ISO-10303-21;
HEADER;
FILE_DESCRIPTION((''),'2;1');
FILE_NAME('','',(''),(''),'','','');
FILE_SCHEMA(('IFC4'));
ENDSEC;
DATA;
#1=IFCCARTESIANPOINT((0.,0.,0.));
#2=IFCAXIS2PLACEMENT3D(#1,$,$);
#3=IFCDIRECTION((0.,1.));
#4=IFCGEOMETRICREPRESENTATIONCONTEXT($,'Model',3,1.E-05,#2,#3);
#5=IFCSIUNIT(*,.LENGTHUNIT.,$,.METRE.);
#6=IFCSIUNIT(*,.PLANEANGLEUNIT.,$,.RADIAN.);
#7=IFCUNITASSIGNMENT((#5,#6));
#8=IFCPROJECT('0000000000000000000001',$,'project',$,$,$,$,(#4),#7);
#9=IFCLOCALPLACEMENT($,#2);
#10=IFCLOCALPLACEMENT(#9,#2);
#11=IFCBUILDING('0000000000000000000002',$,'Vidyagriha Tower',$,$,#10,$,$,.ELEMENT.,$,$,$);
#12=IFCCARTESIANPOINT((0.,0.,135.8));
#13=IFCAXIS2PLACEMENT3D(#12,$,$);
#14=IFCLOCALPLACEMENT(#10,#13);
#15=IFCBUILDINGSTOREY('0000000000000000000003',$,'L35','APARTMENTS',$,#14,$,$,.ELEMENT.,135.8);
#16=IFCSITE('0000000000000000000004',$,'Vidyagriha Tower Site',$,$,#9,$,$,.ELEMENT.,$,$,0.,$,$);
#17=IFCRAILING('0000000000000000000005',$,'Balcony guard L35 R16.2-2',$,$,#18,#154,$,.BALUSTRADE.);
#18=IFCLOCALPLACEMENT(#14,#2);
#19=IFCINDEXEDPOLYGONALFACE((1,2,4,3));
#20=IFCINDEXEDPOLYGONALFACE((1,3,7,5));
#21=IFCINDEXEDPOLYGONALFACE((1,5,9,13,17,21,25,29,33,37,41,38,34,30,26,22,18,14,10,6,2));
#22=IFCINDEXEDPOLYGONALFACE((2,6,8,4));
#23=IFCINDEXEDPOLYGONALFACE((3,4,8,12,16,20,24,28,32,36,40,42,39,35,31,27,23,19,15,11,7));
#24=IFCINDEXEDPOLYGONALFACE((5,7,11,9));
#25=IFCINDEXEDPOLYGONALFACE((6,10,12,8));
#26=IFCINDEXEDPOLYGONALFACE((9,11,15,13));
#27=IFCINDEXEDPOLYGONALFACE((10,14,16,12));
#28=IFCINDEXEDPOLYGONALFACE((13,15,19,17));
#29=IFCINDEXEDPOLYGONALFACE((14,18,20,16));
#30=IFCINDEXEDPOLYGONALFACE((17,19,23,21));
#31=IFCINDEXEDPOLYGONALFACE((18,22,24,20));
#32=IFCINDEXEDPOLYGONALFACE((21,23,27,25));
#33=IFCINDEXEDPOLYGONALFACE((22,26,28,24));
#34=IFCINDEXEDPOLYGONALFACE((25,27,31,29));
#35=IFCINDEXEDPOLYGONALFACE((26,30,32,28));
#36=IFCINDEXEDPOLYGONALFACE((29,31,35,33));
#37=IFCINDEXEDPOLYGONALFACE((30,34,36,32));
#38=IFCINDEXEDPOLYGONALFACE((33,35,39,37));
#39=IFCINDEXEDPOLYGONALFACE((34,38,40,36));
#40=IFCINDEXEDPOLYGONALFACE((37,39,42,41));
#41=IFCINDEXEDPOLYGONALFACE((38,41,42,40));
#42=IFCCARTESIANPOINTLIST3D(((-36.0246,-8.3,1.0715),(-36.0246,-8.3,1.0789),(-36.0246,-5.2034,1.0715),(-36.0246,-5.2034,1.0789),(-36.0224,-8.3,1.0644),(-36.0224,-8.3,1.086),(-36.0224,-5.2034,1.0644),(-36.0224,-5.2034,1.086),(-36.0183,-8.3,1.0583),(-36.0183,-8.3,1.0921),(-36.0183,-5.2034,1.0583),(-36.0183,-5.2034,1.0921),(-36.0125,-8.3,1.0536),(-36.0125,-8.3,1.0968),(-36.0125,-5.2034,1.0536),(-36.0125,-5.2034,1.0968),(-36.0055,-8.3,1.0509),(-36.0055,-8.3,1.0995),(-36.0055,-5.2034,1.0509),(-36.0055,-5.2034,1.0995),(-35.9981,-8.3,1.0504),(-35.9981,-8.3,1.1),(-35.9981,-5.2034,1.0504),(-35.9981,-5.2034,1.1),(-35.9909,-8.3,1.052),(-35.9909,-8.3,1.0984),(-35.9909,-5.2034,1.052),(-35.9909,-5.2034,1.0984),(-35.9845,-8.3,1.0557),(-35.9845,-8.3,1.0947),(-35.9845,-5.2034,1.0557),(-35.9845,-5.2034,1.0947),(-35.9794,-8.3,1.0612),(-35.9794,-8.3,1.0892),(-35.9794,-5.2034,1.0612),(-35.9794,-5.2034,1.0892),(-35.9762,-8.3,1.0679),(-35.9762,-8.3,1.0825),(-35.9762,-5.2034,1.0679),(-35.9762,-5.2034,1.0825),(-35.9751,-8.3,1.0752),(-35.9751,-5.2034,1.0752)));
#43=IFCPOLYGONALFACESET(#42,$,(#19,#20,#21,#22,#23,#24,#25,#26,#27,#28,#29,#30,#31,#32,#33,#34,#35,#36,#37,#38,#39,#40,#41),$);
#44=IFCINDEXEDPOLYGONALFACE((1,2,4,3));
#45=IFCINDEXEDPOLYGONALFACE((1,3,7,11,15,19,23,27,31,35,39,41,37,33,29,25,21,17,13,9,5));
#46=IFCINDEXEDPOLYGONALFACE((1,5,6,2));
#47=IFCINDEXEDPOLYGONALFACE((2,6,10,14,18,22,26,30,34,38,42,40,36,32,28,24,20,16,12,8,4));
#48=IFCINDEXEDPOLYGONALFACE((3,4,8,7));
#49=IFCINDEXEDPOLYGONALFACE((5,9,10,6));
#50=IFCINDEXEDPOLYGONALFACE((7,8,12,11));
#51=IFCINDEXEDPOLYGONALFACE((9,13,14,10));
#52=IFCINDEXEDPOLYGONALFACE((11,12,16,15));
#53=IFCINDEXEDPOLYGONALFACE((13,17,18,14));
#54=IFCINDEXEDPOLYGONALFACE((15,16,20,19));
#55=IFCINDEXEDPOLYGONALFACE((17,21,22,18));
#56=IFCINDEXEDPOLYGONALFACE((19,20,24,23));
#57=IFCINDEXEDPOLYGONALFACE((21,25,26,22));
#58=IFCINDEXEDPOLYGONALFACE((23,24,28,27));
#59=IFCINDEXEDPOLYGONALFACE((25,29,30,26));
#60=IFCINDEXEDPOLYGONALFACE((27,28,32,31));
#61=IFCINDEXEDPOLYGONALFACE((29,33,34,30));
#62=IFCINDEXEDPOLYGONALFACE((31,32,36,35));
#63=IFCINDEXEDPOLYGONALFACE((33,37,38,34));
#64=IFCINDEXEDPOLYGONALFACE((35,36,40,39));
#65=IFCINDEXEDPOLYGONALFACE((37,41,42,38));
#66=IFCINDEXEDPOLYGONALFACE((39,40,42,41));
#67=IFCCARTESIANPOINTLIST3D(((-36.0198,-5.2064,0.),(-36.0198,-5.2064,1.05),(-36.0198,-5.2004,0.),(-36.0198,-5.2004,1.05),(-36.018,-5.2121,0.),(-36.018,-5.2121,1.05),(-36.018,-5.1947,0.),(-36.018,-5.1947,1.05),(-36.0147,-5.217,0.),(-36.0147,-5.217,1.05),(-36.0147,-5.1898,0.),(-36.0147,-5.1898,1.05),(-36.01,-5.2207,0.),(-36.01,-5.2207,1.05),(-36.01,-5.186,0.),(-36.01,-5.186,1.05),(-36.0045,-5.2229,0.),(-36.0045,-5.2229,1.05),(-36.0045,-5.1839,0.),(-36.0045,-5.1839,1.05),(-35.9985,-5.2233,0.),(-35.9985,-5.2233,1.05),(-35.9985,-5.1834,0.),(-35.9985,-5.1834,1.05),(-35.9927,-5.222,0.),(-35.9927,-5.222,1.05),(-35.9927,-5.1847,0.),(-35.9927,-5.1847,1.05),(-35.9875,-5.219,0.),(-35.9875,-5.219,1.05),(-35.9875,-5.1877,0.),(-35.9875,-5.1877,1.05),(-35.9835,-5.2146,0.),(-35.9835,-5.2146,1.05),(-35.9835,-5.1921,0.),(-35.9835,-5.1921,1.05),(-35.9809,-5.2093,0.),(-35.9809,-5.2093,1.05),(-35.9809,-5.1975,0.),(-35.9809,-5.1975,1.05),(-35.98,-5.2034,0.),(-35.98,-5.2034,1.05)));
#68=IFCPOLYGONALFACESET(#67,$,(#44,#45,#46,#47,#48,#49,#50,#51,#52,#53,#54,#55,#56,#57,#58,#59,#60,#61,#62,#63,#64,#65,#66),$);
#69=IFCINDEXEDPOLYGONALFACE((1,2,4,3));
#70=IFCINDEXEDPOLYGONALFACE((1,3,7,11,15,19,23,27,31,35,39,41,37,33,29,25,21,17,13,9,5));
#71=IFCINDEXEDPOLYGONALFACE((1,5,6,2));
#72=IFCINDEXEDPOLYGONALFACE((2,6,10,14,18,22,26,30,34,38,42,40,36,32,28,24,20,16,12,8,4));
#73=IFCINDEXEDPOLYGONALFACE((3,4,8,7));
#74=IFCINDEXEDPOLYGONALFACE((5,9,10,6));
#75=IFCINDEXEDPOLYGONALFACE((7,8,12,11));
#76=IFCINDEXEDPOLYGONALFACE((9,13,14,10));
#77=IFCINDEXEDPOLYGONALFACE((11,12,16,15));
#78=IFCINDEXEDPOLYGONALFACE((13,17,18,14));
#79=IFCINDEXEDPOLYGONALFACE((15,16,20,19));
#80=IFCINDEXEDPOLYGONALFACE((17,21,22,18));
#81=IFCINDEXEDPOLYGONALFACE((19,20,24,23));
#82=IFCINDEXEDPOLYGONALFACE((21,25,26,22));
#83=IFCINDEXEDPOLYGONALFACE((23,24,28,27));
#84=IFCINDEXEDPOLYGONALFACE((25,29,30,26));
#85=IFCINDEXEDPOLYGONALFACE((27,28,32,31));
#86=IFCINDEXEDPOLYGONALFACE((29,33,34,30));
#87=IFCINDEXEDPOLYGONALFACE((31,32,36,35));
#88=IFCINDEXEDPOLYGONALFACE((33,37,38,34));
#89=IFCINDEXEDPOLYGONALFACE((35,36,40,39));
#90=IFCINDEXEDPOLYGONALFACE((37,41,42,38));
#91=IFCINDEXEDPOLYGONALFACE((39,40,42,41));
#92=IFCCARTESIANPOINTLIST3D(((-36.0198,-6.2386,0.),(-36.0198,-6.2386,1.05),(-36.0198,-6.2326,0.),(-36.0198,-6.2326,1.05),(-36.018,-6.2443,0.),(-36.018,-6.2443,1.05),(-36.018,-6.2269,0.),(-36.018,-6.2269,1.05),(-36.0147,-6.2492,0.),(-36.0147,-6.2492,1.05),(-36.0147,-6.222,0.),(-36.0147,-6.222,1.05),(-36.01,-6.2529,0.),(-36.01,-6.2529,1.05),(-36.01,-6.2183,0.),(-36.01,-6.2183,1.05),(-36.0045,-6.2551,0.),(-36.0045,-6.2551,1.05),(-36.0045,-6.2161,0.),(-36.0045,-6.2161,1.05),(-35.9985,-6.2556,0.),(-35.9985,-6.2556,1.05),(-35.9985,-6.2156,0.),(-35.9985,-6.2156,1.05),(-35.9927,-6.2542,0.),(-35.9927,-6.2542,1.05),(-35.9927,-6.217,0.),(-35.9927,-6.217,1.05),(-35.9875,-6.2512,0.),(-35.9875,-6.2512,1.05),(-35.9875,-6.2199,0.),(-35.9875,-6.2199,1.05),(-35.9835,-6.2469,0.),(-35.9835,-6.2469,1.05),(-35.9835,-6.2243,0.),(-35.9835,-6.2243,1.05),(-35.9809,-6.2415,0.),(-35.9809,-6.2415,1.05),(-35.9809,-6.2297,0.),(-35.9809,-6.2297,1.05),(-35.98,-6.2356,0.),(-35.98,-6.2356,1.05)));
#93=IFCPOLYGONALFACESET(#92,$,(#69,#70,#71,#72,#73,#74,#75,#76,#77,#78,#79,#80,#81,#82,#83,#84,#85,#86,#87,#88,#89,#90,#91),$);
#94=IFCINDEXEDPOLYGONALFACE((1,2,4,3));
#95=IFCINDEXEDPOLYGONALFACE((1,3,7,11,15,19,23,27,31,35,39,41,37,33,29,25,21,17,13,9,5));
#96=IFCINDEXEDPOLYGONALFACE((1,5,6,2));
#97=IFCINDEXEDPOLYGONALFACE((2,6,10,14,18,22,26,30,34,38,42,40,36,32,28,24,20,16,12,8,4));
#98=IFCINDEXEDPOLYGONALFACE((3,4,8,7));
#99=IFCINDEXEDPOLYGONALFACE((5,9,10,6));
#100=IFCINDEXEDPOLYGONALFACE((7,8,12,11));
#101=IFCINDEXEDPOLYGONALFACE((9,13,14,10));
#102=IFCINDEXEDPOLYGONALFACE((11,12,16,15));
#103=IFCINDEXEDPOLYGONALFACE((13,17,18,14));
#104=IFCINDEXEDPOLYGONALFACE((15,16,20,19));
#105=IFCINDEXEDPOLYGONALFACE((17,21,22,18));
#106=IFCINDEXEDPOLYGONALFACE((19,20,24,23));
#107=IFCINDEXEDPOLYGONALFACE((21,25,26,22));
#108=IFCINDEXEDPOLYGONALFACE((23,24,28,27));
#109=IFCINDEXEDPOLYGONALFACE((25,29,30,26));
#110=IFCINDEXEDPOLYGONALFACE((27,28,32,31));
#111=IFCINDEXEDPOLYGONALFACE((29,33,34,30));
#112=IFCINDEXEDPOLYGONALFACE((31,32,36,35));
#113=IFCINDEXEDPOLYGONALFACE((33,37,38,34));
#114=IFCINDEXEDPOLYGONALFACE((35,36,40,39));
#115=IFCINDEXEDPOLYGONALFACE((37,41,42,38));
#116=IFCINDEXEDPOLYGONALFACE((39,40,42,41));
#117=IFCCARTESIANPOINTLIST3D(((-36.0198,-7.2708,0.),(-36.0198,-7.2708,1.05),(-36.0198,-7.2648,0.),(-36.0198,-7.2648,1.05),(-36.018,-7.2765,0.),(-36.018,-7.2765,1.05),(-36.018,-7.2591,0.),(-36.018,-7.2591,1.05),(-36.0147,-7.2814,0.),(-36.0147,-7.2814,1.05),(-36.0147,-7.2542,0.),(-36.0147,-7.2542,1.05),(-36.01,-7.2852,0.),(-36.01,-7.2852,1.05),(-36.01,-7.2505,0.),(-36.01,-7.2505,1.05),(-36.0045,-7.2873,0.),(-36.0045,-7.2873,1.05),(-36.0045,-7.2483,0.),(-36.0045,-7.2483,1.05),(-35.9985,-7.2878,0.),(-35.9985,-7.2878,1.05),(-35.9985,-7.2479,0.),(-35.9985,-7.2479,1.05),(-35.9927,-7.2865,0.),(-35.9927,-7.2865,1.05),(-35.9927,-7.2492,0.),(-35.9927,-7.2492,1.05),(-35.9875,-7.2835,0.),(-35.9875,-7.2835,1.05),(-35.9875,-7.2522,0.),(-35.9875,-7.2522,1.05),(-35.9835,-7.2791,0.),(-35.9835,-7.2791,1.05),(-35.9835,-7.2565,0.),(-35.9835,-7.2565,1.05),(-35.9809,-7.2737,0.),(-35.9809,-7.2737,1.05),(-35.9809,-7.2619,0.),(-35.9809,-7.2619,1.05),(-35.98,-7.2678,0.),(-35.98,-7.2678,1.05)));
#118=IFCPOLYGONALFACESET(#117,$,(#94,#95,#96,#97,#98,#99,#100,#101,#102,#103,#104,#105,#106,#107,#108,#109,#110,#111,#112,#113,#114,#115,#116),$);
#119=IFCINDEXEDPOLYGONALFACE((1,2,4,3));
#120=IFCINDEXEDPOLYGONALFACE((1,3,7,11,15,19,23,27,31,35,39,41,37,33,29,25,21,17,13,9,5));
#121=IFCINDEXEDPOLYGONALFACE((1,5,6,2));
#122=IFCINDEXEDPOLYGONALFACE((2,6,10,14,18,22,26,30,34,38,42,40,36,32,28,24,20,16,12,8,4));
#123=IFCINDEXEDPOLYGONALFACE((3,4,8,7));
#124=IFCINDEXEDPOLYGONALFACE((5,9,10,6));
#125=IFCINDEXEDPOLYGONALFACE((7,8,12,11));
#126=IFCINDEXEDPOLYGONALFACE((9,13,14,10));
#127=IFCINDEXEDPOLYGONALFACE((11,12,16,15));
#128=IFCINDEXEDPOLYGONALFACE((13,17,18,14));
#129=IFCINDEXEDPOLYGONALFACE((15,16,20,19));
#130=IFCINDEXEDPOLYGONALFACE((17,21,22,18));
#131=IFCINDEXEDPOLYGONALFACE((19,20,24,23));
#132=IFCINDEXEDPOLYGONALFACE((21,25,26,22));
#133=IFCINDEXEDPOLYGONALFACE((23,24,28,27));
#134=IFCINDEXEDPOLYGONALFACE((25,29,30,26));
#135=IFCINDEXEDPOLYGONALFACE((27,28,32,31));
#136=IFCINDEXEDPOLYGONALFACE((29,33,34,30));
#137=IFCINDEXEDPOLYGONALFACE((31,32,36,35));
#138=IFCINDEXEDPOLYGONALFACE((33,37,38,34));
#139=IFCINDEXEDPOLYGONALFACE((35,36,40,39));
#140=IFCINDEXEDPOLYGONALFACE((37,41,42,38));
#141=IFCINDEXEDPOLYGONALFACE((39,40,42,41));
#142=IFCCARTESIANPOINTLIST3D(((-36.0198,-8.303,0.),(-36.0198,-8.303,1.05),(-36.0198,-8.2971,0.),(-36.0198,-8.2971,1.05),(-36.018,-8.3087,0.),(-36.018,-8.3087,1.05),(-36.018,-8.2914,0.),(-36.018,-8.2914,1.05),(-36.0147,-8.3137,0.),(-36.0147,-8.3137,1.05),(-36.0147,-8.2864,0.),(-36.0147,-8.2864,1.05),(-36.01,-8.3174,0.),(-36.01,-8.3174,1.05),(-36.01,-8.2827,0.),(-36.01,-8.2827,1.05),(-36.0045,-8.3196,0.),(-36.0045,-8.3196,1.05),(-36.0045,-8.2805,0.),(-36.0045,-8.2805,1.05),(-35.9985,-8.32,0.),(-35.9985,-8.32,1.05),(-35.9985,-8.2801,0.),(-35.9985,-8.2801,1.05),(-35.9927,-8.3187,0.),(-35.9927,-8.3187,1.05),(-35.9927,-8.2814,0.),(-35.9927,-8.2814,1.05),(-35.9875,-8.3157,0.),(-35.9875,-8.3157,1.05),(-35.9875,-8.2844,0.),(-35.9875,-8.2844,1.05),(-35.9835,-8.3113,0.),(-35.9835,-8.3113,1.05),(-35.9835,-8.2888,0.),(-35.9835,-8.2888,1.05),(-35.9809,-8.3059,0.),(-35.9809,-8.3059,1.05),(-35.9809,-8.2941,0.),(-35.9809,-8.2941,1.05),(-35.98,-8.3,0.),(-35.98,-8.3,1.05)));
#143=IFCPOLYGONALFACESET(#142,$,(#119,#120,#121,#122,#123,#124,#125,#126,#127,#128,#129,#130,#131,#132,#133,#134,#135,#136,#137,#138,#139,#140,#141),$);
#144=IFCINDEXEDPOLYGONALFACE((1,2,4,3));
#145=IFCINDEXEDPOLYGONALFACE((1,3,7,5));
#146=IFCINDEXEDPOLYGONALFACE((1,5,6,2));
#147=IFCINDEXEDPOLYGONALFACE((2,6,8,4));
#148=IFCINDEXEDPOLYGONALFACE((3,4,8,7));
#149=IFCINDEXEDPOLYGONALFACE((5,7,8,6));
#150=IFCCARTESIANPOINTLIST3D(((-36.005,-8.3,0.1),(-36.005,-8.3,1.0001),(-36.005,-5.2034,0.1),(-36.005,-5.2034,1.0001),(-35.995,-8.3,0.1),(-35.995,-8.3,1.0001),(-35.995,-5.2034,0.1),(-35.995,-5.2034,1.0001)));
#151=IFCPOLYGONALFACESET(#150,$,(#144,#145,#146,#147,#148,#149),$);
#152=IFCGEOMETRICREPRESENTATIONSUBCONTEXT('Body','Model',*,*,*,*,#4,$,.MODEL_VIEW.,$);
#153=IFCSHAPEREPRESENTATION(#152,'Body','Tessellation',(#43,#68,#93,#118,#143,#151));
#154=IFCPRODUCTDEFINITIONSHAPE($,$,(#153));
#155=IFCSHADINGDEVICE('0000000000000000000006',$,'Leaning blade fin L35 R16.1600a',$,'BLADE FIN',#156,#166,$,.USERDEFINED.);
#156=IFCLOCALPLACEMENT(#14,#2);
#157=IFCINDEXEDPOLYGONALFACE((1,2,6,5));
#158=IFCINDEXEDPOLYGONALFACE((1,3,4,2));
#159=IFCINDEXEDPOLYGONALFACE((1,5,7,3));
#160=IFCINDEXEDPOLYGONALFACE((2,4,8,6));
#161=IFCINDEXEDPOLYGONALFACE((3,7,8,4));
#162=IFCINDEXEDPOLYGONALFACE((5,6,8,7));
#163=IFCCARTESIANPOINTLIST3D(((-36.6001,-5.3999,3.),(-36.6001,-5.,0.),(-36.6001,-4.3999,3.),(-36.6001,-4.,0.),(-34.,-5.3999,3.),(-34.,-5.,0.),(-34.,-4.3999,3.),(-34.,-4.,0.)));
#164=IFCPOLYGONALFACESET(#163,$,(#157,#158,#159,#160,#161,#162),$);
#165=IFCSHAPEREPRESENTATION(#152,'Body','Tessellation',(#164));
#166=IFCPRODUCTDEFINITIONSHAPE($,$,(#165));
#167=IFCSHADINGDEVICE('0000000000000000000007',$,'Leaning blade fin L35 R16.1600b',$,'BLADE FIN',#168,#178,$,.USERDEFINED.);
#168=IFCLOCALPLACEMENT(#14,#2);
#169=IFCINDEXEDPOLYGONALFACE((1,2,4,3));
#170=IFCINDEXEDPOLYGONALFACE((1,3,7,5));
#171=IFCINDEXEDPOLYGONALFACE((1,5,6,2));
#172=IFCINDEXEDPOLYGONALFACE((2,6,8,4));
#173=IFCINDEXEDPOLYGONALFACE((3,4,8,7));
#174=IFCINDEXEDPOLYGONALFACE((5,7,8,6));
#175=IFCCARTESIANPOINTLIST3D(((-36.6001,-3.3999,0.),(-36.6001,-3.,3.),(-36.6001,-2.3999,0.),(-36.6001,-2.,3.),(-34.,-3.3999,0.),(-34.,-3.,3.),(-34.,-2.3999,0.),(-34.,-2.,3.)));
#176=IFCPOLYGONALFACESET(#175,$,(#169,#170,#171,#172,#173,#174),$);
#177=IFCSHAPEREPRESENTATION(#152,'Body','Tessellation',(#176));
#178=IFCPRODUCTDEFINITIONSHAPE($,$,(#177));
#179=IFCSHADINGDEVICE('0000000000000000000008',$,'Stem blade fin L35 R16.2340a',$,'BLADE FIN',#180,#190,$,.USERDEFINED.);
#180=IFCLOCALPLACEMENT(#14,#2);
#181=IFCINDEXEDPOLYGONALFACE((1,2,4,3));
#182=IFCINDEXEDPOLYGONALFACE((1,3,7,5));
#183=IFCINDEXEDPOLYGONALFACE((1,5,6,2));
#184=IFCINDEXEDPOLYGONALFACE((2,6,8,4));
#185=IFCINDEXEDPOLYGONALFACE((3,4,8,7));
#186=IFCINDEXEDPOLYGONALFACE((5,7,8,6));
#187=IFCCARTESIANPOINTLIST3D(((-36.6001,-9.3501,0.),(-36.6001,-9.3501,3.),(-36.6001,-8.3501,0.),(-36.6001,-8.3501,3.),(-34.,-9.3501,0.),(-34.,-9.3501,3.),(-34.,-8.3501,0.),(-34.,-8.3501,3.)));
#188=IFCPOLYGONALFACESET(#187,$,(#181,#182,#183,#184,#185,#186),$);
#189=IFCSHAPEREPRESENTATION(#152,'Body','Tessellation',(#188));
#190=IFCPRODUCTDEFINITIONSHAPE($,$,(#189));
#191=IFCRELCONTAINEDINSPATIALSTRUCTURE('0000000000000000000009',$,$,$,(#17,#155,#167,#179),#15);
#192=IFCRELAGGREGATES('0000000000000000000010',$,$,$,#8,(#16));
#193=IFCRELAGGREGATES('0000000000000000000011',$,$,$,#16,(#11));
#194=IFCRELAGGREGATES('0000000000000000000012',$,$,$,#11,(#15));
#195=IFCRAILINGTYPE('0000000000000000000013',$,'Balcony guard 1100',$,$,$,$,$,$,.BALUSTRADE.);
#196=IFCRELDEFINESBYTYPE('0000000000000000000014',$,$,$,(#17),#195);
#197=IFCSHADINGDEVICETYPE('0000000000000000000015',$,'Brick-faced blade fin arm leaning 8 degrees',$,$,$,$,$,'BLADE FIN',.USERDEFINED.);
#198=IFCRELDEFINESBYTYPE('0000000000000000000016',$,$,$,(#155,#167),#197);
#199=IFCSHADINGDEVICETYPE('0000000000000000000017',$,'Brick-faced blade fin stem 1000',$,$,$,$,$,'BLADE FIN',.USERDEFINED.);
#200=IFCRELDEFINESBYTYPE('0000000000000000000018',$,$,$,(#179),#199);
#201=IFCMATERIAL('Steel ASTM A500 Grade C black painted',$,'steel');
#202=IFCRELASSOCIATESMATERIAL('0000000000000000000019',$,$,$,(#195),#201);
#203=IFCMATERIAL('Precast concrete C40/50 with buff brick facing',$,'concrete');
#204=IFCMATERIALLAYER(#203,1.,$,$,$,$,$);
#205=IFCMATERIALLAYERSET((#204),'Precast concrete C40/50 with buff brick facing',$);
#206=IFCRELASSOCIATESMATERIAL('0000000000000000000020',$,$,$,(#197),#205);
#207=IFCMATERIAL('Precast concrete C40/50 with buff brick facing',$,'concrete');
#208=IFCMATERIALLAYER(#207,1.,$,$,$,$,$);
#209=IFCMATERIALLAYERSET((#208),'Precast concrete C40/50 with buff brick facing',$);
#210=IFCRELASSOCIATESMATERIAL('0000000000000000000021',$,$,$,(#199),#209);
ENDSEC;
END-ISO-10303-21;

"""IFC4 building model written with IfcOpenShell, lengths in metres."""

from ifc_helpers import new_model, si_unit, direction, frame, origin, origin_2d, place, context, subcontext, project, spatial, polyline, rectangle, circle, outline, extrude, material, layer, layer_set, type_object, element, save


model = new_model("IFC4")

# Units and contexts
model_context = context("Model", 3, precision=1e-05, world=origin(), true_north=direction((0.0, 1.0)))
body_context = subcontext(model_context, "Body", "Model", "MODEL_VIEW")
ifc_project = project(units=[si_unit("LENGTHUNIT", "METRE"), si_unit("PLANEANGLEUNIT", "RADIAN")], contexts=[model_context])

# Site, building, storey
site_placement = place(None, origin())
site = spatial("IfcSite", under=ifc_project, at=site_placement, Name="Vidyagriha Tower Site", CompositionType="ELEMENT", RefElevation=0.0)
building_placement = place(site_placement, origin())
building = spatial("IfcBuilding", under=site, at=building_placement, Name="Vidyagriha Tower", CompositionType="ELEMENT")
storey_placement = place(building_placement, frame((0.0, 0.0, 135.8)))
storey = spatial("IfcBuildingStorey", under=building, at=storey_placement, Name="L35", Description="APARTMENTS", CompositionType="ELEMENT", Elevation=135.8)

# Railing
ifc_material_1 = material(Name="Steel ASTM A500 Grade C black painted", Category="steel")
railing_type_1 = type_object("IfcRailingType", Name="Balcony guard 1100", PredefinedType="BALUSTRADE", material=ifc_material_1)
railing_1_placement = place(storey_placement, frame((-36.0, -5.2034, 0.0)))
element("IfcRailing", 1, at=railing_1_placement, inside=storey, type_object=railing_type_1, Name="Balcony guard L35 R16.2-2", PredefinedType="BALUSTRADE", context=body_context, shape_type="SweptSolid", body=[
    extrude(circle(Radius=0.0249, at=origin_2d()), frame((0.0, 0.0, 1.0752), z_axis=(0.0, -1.0, 0.0), x_axis=(1.0, 0.0, 0.0)), (0.0, 0.0, 1.0), 3.0967),
    extrude(circle(Radius=0.02, at=origin_2d()), origin(), (0.0, 0.0, 1.0), 1.05),
    extrude(circle(Radius=0.02, at=origin_2d()), frame((0.0, -1.0322, 0.0)), (0.0, 0.0, 1.0), 1.05),
    extrude(circle(Radius=0.02, at=origin_2d()), frame((0.0, -2.0645, 0.0)), (0.0, 0.0, 1.0), 1.05),
    extrude(circle(Radius=0.02, at=origin_2d()), frame((0.0, -3.0967, 0.0)), (0.0, 0.0, 1.0), 1.05),
    extrude(rectangle(XDim=0.01, YDim=0.9001, at=origin_2d()), frame((0.0, 0.0, 0.55), z_axis=(0.0, -1.0, 0.0), x_axis=(1.0, 0.0, 0.0)), (0.0, 0.0, 1.0), 3.0967),
])

# Shading devices
ifc_material_2 = material(Name="Precast concrete C40/50 with buff brick facing", Category="concrete")
ifc_layer_1 = layer(ifc_material_2, 1.0)
ifc_layer_set_1 = layer_set([ifc_layer_1], Name="Precast concrete C40/50 with buff brick facing")
shading_device_type_1 = type_object("IfcShadingDeviceType", Name="Brick-faced blade fin arm leaning 8 degrees", ElementType="BLADE FIN", PredefinedType="USERDEFINED", material=ifc_layer_set_1)
shading_device_1_placement = place(storey_placement, frame((-35.3, -4.0, 0.0), z_axis=(0.0, 0.0, 1.0), x_axis=(0.0, -1.0, 0.0)))
element("IfcShadingDevice", 2, at=shading_device_1_placement, inside=storey, type_object=shading_device_type_1, Name="Leaning blade fin L35 R16.1600a", ObjectType="BLADE FIN", PredefinedType="USERDEFINED", context=body_context, shape_type="SweptSolid", body=[
    extrude(outline(polyline([(0.0, 0.0), (1.0, 0.0), (1.3999, 3.0), (0.3999, 3.0), (0.0, 0.0)])), frame((0.0, 1.3, 0.0), z_axis=(0.0, -1.0, 0.0), x_axis=(1.0, 0.0, 0.0)), (0.0, 0.0, 1.0), 2.6001),
])
shading_device_2_placement = place(storey_placement, frame((-35.3, -2.0, 0.0), z_axis=(0.0, 0.0, 1.0), x_axis=(0.0, -1.0, 0.0)))
element("IfcShadingDevice", 3, at=shading_device_2_placement, inside=storey, type_object=shading_device_type_1, Name="Leaning blade fin L35 R16.1600b", ObjectType="BLADE FIN", PredefinedType="USERDEFINED", context=body_context, shape_type="SweptSolid", body=[
    extrude(outline(polyline([(0.3999, 0.0), (1.3999, 0.0), (1.0, 3.0), (0.0, 3.0), (0.3999, 0.0)])), frame((0.0, 1.3, 0.0), z_axis=(0.0, -1.0, 0.0), x_axis=(1.0, 0.0, 0.0)), (0.0, 0.0, 1.0), 2.6001),
])
ifc_material_3 = material(Name="Precast concrete C40/50 with buff brick facing", Category="concrete")
ifc_layer_2 = layer(ifc_material_3, 1.0)
ifc_layer_set_2 = layer_set([ifc_layer_2], Name="Precast concrete C40/50 with buff brick facing")
shading_device_type_2 = type_object("IfcShadingDeviceType", Name="Brick-faced blade fin stem 1000", ElementType="BLADE FIN", PredefinedType="USERDEFINED", material=ifc_layer_set_2)
shading_device_3_placement = place(storey_placement, frame((-35.3, -8.3501, 0.0), z_axis=(0.0, 0.0, 1.0), x_axis=(0.0, -1.0, 0.0)))
element("IfcShadingDevice", 4, at=shading_device_3_placement, inside=storey, type_object=shading_device_type_2, Name="Stem blade fin L35 R16.2340a", ObjectType="BLADE FIN", PredefinedType="USERDEFINED", context=body_context, shape_type="SweptSolid", body=[
    extrude(outline(polyline([(0.0, 0.0), (1.0, 0.0), (1.0, 3.0), (0.0, 3.0), (0.0, 0.0)])), frame((0.0, 1.3, 0.0), z_axis=(0.0, -1.0, 0.0), x_axis=(1.0, 0.0, 0.0)), (0.0, 0.0, 1.0), 2.6001),
])

save(model, "model.ifc")
